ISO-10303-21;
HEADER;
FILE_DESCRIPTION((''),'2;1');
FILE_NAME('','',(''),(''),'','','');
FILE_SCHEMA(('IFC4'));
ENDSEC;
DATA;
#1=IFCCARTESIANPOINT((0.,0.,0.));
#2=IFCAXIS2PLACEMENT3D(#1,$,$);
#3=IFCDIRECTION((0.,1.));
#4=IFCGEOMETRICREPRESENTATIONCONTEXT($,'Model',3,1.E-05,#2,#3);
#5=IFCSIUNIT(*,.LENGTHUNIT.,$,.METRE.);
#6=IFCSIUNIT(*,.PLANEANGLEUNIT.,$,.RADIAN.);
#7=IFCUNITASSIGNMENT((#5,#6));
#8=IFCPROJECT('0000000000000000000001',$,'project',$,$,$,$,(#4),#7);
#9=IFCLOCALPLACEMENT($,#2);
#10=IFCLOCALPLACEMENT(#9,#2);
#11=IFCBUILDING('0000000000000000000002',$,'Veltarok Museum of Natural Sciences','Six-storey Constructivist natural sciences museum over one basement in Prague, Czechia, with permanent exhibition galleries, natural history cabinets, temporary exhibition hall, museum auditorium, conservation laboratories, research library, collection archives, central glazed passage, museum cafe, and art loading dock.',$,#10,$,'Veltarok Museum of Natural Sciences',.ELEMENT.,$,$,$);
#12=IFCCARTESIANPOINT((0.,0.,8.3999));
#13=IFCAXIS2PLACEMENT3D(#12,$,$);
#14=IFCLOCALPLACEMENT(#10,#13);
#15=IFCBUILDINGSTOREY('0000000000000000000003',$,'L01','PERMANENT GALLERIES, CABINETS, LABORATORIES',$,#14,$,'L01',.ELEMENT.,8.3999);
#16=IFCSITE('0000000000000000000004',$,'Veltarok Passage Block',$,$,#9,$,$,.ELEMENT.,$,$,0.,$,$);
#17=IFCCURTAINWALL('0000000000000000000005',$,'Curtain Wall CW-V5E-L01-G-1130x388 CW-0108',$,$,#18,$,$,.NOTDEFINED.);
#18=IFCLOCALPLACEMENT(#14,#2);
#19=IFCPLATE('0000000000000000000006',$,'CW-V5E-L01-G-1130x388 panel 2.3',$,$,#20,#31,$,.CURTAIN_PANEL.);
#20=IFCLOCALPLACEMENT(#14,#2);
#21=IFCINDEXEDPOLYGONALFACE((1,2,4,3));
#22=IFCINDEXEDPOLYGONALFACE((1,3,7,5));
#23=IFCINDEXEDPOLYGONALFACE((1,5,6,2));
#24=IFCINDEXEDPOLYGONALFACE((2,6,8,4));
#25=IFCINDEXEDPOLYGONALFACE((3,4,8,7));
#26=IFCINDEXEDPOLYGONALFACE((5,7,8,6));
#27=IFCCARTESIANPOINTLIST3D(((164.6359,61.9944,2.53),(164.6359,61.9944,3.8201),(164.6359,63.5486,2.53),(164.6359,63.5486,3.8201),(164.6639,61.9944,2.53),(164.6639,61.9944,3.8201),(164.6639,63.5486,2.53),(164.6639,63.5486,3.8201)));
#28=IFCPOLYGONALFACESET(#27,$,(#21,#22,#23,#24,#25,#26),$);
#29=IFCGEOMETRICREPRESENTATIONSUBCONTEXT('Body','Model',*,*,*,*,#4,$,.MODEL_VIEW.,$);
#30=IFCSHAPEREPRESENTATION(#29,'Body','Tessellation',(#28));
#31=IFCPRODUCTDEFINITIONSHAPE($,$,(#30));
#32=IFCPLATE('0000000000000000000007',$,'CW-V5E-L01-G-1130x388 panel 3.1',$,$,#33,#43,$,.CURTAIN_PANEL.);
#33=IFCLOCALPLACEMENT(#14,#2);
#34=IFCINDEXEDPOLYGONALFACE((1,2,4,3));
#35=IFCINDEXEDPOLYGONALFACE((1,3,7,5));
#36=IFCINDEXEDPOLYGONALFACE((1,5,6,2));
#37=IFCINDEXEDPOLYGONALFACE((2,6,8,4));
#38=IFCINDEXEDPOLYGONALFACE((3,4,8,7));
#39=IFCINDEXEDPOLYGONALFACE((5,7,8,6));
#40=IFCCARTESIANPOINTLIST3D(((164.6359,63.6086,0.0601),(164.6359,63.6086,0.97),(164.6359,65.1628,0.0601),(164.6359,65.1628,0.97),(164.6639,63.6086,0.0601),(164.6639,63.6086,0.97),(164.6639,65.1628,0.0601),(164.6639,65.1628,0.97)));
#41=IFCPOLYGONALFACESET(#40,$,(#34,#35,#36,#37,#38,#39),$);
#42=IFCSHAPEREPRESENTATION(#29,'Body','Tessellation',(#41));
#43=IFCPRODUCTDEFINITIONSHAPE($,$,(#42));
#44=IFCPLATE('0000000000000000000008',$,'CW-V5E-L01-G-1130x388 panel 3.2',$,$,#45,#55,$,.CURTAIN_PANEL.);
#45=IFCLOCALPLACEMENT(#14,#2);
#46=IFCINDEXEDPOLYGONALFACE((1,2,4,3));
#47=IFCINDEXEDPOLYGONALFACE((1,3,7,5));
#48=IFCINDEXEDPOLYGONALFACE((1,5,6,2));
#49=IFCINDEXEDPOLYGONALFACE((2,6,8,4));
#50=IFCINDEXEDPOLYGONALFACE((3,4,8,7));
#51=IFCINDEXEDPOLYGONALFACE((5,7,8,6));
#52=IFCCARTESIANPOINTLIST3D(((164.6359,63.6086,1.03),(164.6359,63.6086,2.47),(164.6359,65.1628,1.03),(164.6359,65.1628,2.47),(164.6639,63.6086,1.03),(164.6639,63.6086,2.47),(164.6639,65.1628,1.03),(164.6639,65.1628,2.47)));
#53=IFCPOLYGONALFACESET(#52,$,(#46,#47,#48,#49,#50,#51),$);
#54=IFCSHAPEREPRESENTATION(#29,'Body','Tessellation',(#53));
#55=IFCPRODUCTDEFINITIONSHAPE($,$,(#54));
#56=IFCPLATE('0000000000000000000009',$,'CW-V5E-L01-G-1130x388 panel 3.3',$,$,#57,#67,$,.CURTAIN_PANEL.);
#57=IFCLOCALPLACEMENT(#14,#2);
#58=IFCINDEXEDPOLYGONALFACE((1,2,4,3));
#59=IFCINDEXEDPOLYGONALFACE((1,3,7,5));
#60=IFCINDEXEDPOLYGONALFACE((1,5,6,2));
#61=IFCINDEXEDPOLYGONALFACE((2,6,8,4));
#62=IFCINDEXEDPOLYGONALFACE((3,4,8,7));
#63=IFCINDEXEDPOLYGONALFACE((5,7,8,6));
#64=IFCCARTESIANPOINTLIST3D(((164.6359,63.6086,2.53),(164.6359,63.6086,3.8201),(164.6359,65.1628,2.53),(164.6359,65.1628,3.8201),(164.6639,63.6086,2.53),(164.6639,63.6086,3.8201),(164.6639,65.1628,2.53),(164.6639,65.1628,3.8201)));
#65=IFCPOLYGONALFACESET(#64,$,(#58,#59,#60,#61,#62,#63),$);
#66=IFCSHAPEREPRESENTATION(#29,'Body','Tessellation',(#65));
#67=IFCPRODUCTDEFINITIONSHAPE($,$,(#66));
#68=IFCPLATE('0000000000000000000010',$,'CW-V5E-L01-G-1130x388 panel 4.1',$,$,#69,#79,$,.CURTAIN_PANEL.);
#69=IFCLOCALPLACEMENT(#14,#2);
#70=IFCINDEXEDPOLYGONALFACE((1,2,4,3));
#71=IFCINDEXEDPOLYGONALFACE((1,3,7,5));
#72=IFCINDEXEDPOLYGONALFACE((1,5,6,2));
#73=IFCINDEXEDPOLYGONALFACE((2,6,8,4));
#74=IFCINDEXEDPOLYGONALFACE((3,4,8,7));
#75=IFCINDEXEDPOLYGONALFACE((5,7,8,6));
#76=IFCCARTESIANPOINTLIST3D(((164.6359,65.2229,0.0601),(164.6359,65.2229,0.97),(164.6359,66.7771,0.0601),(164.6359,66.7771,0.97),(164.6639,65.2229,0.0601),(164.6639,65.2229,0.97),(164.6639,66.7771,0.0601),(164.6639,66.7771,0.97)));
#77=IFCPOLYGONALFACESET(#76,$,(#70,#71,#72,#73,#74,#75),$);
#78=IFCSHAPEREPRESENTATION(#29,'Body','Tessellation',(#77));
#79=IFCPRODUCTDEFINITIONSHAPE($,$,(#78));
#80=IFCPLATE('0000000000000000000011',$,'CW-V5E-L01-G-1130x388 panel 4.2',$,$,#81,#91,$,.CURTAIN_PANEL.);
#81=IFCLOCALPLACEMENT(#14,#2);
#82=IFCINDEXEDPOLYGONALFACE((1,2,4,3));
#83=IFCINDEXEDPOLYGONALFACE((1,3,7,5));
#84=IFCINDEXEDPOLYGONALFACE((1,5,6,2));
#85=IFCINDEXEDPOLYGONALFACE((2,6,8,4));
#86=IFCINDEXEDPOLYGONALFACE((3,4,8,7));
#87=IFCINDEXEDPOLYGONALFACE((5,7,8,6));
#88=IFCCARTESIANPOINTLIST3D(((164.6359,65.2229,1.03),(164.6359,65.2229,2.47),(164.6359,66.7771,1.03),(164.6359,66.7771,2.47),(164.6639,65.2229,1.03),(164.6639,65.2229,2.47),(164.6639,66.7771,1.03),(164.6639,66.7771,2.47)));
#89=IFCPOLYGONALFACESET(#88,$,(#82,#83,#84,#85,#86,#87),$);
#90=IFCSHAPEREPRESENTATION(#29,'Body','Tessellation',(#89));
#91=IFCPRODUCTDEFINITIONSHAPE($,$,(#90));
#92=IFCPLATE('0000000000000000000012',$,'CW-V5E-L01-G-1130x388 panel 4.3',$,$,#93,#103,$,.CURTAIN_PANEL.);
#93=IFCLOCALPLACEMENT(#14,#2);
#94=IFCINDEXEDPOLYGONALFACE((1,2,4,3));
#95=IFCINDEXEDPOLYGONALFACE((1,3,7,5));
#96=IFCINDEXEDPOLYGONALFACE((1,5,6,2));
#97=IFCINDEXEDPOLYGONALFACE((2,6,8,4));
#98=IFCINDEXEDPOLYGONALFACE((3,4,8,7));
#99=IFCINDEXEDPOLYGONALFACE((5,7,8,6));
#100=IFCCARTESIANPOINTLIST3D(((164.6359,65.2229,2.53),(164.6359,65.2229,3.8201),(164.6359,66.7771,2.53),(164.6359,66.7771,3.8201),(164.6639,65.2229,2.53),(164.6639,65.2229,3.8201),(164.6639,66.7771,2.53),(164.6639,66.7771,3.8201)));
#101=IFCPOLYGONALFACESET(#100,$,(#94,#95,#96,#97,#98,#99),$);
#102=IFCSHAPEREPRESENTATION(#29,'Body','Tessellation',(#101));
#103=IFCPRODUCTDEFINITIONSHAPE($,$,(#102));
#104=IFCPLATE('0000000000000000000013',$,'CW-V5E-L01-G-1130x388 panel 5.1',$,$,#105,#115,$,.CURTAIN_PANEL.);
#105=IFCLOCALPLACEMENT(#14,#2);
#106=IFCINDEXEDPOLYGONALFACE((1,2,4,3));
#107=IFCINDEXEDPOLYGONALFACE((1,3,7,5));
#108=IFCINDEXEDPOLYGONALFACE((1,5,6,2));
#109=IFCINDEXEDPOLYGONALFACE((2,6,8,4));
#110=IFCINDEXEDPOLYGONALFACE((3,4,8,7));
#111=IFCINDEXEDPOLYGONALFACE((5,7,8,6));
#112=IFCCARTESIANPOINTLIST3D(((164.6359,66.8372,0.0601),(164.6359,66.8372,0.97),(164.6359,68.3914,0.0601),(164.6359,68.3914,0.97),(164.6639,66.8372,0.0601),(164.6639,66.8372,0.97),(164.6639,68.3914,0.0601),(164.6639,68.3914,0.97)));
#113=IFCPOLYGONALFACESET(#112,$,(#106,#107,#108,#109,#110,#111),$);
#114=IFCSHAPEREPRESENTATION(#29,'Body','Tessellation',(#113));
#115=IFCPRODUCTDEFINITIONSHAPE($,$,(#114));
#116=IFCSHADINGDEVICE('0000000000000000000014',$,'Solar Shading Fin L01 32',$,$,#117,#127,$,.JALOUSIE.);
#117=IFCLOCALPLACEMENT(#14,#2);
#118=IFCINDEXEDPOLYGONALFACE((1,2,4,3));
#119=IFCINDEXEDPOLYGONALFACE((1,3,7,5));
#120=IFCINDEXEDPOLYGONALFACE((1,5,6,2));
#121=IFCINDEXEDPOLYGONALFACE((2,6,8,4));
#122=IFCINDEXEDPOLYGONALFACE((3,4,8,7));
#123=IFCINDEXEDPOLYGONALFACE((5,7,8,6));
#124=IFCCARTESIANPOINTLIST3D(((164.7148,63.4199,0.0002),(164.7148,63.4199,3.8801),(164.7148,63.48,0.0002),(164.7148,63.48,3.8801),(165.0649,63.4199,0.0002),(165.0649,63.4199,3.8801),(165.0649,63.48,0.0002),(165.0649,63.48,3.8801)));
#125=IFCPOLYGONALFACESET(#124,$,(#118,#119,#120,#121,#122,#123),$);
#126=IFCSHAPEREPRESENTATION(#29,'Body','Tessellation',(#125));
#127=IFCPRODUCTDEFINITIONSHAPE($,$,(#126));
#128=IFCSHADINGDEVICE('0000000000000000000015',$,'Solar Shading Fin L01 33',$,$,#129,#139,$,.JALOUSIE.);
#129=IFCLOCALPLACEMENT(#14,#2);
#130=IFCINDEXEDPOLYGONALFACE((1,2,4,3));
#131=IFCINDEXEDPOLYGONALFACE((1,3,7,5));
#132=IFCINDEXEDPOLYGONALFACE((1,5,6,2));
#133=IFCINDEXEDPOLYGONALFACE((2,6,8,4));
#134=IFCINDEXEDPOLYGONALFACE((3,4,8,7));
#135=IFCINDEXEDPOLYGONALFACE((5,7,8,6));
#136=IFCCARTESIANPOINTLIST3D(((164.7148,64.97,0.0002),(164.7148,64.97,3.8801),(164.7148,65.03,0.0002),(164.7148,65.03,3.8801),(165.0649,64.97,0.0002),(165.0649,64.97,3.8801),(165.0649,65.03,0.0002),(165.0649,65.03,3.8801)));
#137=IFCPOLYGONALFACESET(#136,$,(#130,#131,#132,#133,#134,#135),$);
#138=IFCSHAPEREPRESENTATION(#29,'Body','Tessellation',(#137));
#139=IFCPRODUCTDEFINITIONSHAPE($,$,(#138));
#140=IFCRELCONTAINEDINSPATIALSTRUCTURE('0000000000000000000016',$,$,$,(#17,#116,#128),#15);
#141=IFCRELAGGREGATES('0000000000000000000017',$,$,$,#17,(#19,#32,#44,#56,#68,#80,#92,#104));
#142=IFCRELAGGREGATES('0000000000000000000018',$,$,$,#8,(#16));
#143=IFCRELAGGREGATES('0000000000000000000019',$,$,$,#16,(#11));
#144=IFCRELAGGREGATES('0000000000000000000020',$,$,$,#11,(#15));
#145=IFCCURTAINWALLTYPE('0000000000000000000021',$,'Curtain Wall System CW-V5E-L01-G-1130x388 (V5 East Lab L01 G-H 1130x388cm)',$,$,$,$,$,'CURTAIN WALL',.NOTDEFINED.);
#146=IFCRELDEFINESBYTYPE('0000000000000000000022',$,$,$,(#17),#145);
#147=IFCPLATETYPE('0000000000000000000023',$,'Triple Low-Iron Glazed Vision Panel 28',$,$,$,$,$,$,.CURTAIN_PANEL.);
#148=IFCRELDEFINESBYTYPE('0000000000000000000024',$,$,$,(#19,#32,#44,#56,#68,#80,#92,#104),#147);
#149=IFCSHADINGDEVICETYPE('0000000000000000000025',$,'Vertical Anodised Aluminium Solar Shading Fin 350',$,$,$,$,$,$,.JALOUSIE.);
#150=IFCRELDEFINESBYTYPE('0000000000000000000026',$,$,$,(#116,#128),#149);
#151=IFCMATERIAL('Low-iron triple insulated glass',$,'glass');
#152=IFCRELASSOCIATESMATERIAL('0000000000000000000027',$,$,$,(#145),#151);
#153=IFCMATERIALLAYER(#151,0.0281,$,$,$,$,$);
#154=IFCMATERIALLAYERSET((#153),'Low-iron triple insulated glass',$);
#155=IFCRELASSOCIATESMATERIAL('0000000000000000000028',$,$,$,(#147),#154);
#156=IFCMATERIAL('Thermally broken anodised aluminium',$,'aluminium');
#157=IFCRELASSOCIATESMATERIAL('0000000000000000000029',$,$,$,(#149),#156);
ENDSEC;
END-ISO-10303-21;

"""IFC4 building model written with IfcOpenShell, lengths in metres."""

from ifc_helpers import new_model, si_unit, direction, frame, origin, origin_2d, place, context, subcontext, project, spatial, rectangle, extrude, material, layer, layer_set, type_object, element, aggregate, save


model = new_model("IFC4")

# Units and contexts
model_context = context("Model", 3, precision=1e-05, world=origin(), true_north=direction((0.0, 1.0)))
body_context = subcontext(model_context, "Body", "Model", "MODEL_VIEW")
ifc_project = project(units=[si_unit("LENGTHUNIT", "METRE"), si_unit("PLANEANGLEUNIT", "RADIAN")], contexts=[model_context])

# Site, building, storey
site_placement = place(None, origin())
site = spatial("IfcSite", under=ifc_project, at=site_placement, Name="Veltarok Passage Block", CompositionType="ELEMENT", RefElevation=0.0)
building_placement = place(site_placement, origin())
building = spatial("IfcBuilding", under=site, at=building_placement, Name="Veltarok Museum of Natural Sciences", Description="Six-storey Constructivist natural sciences museum over one basement in Prague, Czechia, with permanent exhibition galleries, natural history cabinets, temporary exhibition hall, museum auditorium, conservation laboratories, research library, collection archives, central glazed passage, museum cafe, and art loading dock.", LongName="Veltarok Museum of Natural Sciences", CompositionType="ELEMENT")
storey_placement = place(building_placement, frame((0.0, 0.0, 8.3999)))
storey = spatial("IfcBuildingStorey", under=building, at=storey_placement, Name="L01", Description="PERMANENT GALLERIES, CABINETS, LABORATORIES", LongName="L01", CompositionType="ELEMENT", Elevation=8.3999)

# Curtain wall, plates
ifc_material_1 = material(Name="Low-iron triple insulated glass", Category="glass")
curtain_wall_type = type_object("IfcCurtainWallType", Name="Curtain Wall System CW-V5E-L01-G-1130x388 (V5 East Lab L01 G-H 1130x388cm)", ElementType="CURTAIN WALL", PredefinedType="NOTDEFINED", material=ifc_material_1)
curtain_wall_placement = place(storey_placement, origin())
curtain_wall = element("IfcCurtainWall", 1, at=curtain_wall_placement, inside=storey, type_object=curtain_wall_type, Name="Curtain Wall CW-V5E-L01-G-1130x388 CW-0108", PredefinedType="NOTDEFINED")
ifc_material_2 = material(Name="Thermally broken anodised aluminium", Category="aluminium")
ifc_layer = layer(ifc_material_1, 0.0281)
ifc_layer_set = layer_set([ifc_layer], Name="Low-iron triple insulated glass")
plate_type = type_object("IfcPlateType", Name="Triple Low-Iron Glazed Vision Panel 28", PredefinedType="CURTAIN_PANEL", material=ifc_layer_set)
plate_1_placement = place(storey_placement, frame((164.6499, 62.7715, 2.53), z_axis=(0.0, 0.0, 1.0), x_axis=(0.0, 1.0, 0.0)))
plate_1 = element("IfcPlate", 2, at=plate_1_placement, type_object=plate_type, Name="CW-V5E-L01-G-1130x388 panel 2.3", PredefinedType="CURTAIN_PANEL", context=body_context, shape_type="SweptSolid", body=[
    extrude(rectangle(XDim=1.5542, YDim=0.0281, at=origin_2d()), origin(), (0.0, 0.0, 1.0), 1.29),
])
plate_2_placement = place(storey_placement, frame((164.6499, 64.3857, 0.0601), z_axis=(0.0, 0.0, 1.0), x_axis=(0.0, 1.0, 0.0)))
plate_2 = element("IfcPlate", 3, at=plate_2_placement, type_object=plate_type, Name="CW-V5E-L01-G-1130x388 panel 3.1", PredefinedType="CURTAIN_PANEL", context=body_context, shape_type="SweptSolid", body=[
    extrude(rectangle(XDim=1.5542, YDim=0.0281, at=origin_2d()), origin(), (0.0, 0.0, 1.0), 0.9099),
])
plate_3_placement = place(storey_placement, frame((164.6499, 64.3857, 1.03), z_axis=(0.0, 0.0, 1.0), x_axis=(0.0, 1.0, 0.0)))
plate_3 = element("IfcPlate", 4, at=plate_3_placement, type_object=plate_type, Name="CW-V5E-L01-G-1130x388 panel 3.2", PredefinedType="CURTAIN_PANEL", context=body_context, shape_type="SweptSolid", body=[
    extrude(rectangle(XDim=1.5542, YDim=0.0281, at=origin_2d()), origin(), (0.0, 0.0, 1.0), 1.4399),
])
plate_4_placement = place(storey_placement, frame((164.6499, 64.3857, 2.53), z_axis=(0.0, 0.0, 1.0), x_axis=(0.0, 1.0, 0.0)))
plate_4 = element("IfcPlate", 5, at=plate_4_placement, type_object=plate_type, Name="CW-V5E-L01-G-1130x388 panel 3.3", PredefinedType="CURTAIN_PANEL", context=body_context, shape_type="SweptSolid", body=[
    extrude(rectangle(XDim=1.5542, YDim=0.0281, at=origin_2d()), origin(), (0.0, 0.0, 1.0), 1.29),
])
plate_5_placement = place(storey_placement, frame((164.6499, 66.0, 0.0601), z_axis=(0.0, 0.0, 1.0), x_axis=(0.0, 1.0, 0.0)))
plate_5 = element("IfcPlate", 6, at=plate_5_placement, type_object=plate_type, Name="CW-V5E-L01-G-1130x388 panel 4.1", PredefinedType="CURTAIN_PANEL", context=body_context, shape_type="SweptSolid", body=[
    extrude(rectangle(XDim=1.5542, YDim=0.0281, at=origin_2d()), origin(), (0.0, 0.0, 1.0), 0.9099),
])
plate_6_placement = place(storey_placement, frame((164.6499, 66.0, 1.03), z_axis=(0.0, 0.0, 1.0), x_axis=(0.0, 1.0, 0.0)))
plate_6 = element("IfcPlate", 7, at=plate_6_placement, type_object=plate_type, Name="CW-V5E-L01-G-1130x388 panel 4.2", PredefinedType="CURTAIN_PANEL", context=body_context, shape_type="SweptSolid", body=[
    extrude(rectangle(XDim=1.5542, YDim=0.0281, at=origin_2d()), origin(), (0.0, 0.0, 1.0), 1.4399),
])
plate_7_placement = place(storey_placement, frame((164.6499, 66.0, 2.53), z_axis=(0.0, 0.0, 1.0), x_axis=(0.0, 1.0, 0.0)))
plate_7 = element("IfcPlate", 8, at=plate_7_placement, type_object=plate_type, Name="CW-V5E-L01-G-1130x388 panel 4.3", PredefinedType="CURTAIN_PANEL", context=body_context, shape_type="SweptSolid", body=[
    extrude(rectangle(XDim=1.5542, YDim=0.0281, at=origin_2d()), origin(), (0.0, 0.0, 1.0), 1.29),
])
plate_8_placement = place(storey_placement, frame((164.6499, 67.6143, 0.0601), z_axis=(0.0, 0.0, 1.0), x_axis=(0.0, 1.0, 0.0)))
plate_8 = element("IfcPlate", 9, at=plate_8_placement, type_object=plate_type, Name="CW-V5E-L01-G-1130x388 panel 5.1", PredefinedType="CURTAIN_PANEL", context=body_context, shape_type="SweptSolid", body=[
    extrude(rectangle(XDim=1.5542, YDim=0.0281, at=origin_2d()), origin(), (0.0, 0.0, 1.0), 0.9099),
])
aggregate(curtain_wall, [plate_1, plate_2, plate_3, plate_4, plate_5, plate_6, plate_7, plate_8])

# Shading devices
shading_device_type = type_object("IfcShadingDeviceType", Name="Vertical Anodised Aluminium Solar Shading Fin 350", PredefinedType="JALOUSIE", material=ifc_material_2)
for number, where, z_axis, x_axis, name in (
    (10, (164.8899, 63.45, 0.0002), (0.0, 0.0, 1.0), (1.0, 0.0, 0.0), "Solar Shading Fin L01 32"),
    (11, (164.8899, 65.0, 0.0002), (0.0, 0.0, 1.0), (1.0, 0.0, 0.0), "Solar Shading Fin L01 33"),
):
    element("IfcShadingDevice", number, at=place(storey_placement, frame(where, z_axis=z_axis, x_axis=x_axis)), inside=storey, type_object=shading_device_type, Name=name, PredefinedType="JALOUSIE", context=body_context, shape_type="SweptSolid", body=[
        extrude(rectangle(XDim=0.3501, YDim=0.0601, at=origin_2d()), origin(), (0.0, 0.0, 1.0), 3.8799),
    ])

save(model, "model.ifc")
